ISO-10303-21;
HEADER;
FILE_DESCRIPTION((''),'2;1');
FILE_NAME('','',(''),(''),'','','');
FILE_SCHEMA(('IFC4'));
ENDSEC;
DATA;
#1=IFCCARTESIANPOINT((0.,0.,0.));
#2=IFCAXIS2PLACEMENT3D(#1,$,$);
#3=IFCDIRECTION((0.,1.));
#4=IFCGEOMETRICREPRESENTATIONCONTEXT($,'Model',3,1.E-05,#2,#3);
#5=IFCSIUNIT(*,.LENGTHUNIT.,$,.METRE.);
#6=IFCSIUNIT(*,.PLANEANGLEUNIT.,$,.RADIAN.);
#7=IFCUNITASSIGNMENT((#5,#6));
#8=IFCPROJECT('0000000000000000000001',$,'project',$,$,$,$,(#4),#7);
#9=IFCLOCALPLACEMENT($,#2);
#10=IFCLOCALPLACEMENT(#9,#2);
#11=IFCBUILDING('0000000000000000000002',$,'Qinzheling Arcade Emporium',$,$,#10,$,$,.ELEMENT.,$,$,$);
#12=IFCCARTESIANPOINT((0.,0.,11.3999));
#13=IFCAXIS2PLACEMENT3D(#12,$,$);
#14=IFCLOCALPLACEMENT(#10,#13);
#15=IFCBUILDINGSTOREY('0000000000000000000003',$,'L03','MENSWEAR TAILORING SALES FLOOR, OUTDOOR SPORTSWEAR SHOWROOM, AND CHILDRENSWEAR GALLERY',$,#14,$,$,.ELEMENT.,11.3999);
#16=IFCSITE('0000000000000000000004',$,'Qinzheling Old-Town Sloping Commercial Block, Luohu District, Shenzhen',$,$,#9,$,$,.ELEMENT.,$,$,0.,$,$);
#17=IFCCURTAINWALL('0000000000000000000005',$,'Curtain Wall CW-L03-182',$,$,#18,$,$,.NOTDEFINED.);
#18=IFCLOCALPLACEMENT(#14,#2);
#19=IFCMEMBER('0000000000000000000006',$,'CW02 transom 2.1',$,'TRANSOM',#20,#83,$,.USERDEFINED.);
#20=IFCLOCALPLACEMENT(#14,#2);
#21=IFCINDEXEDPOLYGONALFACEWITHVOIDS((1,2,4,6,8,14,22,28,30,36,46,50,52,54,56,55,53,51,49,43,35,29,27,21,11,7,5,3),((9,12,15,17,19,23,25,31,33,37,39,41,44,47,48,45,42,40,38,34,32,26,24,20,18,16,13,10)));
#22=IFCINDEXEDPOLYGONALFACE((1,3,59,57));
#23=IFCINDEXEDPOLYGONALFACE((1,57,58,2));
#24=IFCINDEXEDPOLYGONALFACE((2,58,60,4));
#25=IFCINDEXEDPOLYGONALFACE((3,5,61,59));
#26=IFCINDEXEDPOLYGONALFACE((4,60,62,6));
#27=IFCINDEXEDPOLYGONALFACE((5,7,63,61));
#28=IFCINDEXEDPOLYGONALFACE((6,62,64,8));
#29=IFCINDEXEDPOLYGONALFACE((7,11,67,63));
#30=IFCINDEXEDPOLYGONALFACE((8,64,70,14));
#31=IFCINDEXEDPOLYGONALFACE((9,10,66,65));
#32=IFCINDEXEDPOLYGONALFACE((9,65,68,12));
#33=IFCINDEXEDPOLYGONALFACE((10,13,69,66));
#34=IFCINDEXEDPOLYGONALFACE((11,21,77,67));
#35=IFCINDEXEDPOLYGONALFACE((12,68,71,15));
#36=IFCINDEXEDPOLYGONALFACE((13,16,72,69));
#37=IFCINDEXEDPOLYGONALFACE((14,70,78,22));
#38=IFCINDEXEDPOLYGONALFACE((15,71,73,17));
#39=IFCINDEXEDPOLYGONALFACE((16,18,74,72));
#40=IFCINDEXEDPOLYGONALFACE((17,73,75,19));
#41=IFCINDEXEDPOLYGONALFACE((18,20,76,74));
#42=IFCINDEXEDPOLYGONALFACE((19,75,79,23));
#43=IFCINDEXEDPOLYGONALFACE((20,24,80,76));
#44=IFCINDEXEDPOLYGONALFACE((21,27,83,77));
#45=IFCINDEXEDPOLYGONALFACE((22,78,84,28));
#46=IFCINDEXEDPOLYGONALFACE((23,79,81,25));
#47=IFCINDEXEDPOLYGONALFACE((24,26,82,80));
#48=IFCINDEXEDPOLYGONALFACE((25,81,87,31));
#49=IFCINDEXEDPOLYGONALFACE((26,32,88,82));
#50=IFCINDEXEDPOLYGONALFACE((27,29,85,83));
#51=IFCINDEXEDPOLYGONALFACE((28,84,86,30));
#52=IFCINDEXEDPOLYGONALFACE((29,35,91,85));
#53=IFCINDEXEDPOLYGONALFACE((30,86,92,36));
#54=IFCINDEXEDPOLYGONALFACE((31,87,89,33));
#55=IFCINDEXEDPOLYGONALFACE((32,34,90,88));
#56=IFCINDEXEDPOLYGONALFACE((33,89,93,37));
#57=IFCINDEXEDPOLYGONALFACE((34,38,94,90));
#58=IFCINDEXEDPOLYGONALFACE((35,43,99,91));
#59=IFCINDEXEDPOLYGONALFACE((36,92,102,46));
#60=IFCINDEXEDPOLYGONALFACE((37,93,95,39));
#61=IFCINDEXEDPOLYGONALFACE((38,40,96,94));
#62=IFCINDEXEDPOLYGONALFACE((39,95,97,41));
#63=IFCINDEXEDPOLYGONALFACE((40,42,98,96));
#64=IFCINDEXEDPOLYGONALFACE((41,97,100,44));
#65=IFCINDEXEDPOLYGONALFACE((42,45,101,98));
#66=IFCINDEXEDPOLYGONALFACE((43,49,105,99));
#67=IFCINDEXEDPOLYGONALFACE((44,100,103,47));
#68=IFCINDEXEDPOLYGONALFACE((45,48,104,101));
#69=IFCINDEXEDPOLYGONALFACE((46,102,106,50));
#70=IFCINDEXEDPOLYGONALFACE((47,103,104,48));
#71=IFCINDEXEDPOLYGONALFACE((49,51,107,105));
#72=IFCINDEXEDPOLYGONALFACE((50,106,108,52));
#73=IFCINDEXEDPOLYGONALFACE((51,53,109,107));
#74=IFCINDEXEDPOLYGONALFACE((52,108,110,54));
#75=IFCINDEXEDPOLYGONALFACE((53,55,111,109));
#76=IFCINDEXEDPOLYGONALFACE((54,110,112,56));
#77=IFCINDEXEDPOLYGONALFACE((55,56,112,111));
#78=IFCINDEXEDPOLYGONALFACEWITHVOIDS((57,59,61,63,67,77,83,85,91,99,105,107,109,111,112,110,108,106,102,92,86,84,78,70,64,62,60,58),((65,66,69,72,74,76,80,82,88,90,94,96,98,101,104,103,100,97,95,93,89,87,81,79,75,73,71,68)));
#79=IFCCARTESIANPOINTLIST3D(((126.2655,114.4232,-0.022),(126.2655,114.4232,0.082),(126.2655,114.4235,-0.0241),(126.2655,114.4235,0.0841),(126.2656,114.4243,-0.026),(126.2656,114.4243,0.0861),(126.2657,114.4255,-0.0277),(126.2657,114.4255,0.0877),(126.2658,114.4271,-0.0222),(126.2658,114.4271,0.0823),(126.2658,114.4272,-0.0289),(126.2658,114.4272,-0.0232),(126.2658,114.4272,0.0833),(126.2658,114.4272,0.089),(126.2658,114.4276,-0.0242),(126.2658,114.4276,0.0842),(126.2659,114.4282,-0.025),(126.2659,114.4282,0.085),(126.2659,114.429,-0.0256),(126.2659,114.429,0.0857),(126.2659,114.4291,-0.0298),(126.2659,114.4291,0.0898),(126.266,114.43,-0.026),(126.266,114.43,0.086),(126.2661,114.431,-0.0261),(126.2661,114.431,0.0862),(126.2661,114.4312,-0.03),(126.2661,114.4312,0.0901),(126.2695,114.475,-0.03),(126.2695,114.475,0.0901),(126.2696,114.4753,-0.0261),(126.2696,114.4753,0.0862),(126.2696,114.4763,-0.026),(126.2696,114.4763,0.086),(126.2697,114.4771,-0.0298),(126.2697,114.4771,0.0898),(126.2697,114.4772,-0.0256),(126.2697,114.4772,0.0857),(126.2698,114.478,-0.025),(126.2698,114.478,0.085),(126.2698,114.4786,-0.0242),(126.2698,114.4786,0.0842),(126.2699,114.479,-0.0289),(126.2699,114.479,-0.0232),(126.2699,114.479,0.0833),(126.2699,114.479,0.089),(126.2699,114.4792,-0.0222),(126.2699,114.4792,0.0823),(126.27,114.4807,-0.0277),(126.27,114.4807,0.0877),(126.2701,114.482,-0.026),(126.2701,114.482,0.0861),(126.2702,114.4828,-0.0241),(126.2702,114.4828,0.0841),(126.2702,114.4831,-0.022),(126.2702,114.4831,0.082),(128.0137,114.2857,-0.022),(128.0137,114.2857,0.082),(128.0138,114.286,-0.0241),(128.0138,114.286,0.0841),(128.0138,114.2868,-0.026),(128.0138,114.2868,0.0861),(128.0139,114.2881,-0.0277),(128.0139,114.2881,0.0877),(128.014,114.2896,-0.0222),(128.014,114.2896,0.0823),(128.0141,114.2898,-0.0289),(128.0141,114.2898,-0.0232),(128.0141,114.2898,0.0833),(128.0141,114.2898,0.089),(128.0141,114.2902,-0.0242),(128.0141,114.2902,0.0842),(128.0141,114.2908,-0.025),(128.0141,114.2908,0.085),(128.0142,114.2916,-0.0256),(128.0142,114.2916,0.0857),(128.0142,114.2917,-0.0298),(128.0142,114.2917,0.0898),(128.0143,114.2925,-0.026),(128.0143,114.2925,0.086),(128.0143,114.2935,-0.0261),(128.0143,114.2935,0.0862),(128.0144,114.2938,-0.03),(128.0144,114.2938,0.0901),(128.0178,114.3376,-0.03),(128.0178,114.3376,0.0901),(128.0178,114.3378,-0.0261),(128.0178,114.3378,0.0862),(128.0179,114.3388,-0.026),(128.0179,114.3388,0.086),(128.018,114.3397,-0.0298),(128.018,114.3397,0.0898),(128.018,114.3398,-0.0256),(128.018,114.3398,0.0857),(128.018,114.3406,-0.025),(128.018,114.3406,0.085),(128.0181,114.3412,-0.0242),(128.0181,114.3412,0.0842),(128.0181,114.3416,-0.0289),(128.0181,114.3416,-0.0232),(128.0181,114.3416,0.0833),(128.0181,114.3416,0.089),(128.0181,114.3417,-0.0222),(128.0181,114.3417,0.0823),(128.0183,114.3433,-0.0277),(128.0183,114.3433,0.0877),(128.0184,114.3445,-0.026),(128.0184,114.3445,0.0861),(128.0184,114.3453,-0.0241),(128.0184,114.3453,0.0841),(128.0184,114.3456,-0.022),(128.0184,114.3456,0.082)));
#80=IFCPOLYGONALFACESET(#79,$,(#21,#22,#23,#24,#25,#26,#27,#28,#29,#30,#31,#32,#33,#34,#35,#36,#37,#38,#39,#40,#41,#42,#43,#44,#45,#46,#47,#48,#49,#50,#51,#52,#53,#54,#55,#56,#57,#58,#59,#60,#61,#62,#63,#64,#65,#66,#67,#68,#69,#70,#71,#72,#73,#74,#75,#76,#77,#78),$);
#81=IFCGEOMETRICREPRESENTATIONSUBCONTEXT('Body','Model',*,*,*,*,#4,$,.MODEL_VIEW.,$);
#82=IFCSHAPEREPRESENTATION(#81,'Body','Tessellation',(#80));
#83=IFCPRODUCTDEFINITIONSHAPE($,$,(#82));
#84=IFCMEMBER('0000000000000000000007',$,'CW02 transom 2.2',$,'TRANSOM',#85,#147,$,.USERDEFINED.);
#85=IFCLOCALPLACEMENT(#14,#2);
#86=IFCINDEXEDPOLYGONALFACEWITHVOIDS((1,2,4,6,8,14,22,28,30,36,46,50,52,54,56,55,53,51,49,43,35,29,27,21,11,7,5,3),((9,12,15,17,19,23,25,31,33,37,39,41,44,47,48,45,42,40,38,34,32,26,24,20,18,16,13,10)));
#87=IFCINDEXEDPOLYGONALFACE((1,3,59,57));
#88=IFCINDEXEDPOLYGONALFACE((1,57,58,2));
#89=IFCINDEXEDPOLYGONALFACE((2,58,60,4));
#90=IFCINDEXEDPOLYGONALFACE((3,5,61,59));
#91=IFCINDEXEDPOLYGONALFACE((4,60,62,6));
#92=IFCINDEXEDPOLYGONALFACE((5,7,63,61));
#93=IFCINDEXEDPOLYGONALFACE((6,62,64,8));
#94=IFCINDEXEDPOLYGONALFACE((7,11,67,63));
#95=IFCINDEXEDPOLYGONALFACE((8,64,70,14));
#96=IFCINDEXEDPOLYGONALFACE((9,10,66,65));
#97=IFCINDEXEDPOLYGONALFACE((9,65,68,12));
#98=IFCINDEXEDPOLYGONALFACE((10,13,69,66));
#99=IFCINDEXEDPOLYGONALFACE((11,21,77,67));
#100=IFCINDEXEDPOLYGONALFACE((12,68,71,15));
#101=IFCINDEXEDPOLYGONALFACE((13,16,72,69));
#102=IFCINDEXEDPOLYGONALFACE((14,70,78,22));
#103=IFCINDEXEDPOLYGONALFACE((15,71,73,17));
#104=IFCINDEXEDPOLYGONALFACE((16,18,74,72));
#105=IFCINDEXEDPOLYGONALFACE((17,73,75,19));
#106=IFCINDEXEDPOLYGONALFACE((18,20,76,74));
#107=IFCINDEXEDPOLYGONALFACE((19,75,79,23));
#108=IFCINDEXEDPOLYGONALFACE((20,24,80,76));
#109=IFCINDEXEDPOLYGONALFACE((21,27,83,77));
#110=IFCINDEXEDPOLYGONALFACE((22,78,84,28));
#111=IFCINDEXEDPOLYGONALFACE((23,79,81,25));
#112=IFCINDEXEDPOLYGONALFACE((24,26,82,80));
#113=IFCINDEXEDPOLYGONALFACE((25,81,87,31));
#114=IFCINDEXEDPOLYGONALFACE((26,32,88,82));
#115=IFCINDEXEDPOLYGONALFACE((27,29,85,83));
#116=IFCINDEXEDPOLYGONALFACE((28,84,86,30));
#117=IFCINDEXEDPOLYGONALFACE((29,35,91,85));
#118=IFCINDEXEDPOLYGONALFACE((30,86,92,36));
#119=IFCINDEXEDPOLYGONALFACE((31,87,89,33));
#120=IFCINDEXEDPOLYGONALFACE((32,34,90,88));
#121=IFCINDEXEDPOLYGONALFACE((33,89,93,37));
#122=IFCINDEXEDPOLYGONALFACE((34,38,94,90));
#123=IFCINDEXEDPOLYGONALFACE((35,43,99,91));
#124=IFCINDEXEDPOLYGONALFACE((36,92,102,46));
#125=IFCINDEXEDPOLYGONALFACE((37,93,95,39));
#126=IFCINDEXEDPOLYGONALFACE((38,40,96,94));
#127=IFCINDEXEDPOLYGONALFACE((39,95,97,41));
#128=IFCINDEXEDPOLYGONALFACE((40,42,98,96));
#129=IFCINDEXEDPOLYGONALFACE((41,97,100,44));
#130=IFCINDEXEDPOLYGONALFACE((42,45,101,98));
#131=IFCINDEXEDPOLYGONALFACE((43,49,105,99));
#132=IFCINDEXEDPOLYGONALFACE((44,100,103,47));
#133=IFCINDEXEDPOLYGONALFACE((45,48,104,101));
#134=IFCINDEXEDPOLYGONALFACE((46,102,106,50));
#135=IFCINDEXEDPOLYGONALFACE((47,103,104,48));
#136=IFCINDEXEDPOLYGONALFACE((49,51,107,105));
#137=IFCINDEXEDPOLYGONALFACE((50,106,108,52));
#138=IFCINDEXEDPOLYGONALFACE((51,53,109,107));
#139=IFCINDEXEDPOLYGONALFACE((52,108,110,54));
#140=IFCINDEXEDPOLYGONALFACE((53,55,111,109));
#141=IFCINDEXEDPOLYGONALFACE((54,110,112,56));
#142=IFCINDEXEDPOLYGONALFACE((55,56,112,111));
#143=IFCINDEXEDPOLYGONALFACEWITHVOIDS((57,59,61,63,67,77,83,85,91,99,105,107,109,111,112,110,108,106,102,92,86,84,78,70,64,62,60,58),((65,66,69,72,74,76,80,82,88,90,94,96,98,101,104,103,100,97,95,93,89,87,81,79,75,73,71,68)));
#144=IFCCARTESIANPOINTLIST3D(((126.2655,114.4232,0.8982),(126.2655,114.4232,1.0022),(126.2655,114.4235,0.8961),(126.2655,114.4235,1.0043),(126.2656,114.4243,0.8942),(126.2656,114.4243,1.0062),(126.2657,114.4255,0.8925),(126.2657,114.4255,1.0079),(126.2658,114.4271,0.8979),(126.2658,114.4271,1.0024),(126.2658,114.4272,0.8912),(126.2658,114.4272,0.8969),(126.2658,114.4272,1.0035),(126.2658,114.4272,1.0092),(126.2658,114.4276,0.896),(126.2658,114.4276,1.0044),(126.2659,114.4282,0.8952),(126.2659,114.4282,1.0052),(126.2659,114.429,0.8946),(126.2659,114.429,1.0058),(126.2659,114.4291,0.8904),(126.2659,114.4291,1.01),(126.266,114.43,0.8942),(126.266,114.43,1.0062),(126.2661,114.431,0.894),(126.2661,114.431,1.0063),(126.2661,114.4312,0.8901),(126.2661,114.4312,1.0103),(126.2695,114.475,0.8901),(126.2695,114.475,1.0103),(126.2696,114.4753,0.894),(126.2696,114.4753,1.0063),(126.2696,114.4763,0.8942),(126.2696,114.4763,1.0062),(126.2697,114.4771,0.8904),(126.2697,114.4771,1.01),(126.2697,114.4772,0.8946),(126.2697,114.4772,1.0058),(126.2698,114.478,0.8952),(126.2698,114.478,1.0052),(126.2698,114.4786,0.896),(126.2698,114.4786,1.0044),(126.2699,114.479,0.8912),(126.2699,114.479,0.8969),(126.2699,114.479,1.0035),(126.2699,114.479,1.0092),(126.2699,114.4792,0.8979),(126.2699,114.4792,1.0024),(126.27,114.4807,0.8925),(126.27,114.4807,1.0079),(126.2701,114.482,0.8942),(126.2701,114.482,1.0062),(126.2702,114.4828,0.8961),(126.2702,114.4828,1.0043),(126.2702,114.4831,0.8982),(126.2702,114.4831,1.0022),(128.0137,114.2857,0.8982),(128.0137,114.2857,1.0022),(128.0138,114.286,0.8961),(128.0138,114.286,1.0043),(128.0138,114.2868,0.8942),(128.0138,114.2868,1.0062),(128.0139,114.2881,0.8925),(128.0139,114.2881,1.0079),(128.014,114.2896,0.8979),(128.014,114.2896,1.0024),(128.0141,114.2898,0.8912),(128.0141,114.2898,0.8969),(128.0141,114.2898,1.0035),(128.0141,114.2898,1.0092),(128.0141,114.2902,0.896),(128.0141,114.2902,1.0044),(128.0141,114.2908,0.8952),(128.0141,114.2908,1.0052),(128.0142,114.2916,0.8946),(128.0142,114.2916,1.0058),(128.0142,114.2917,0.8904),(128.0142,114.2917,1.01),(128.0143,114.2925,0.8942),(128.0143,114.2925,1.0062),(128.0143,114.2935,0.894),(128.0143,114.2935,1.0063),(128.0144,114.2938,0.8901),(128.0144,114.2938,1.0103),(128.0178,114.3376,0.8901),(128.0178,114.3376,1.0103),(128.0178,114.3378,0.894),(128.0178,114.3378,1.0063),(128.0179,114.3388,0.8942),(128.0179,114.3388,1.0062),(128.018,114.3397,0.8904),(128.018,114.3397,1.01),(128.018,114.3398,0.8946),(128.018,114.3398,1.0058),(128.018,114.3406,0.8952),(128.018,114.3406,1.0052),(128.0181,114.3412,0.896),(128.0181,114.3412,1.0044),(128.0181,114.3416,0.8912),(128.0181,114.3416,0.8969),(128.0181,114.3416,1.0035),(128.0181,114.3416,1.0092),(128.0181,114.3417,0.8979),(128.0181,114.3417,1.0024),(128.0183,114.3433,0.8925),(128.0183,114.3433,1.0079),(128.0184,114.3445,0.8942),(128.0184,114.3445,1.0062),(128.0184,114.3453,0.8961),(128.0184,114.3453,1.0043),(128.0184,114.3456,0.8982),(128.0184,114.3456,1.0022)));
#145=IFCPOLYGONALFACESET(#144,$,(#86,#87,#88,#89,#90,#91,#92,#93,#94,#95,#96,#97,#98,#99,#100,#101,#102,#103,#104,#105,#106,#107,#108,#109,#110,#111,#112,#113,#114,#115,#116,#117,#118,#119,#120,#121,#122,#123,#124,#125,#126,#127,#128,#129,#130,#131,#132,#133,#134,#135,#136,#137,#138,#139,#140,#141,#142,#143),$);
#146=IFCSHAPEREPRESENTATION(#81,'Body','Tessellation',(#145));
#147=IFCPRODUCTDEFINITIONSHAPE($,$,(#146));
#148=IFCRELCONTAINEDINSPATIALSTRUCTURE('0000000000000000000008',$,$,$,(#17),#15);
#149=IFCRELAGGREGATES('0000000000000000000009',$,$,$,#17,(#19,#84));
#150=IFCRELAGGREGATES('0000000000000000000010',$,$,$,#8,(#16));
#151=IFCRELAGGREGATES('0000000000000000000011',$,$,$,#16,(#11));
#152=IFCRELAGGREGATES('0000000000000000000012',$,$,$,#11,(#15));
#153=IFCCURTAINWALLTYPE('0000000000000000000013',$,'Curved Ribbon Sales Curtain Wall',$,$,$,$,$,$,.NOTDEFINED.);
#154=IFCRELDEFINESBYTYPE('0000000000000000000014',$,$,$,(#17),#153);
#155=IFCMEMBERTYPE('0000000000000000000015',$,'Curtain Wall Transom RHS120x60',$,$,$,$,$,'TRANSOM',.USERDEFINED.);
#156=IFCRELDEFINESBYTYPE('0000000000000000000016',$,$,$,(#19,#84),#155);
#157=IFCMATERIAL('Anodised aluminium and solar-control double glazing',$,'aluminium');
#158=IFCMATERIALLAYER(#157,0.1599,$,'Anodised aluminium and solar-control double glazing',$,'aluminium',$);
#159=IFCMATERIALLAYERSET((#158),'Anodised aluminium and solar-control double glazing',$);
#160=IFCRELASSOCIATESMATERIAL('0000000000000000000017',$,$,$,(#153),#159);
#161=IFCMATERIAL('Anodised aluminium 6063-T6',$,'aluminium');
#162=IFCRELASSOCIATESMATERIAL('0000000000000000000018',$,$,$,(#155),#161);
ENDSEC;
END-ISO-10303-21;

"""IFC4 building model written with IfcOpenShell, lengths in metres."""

from ifc_helpers import new_model, si_unit, direction, frame, origin, origin_2d, place, context, subcontext, project, spatial, hollow_rectangle, extrude, material, layer, layer_set, material_profile, profile_set, type_object, element, aggregate, save


model = new_model("IFC4")

# Units and contexts
model_context = context("Model", 3, precision=1e-05, world=origin(), true_north=direction((0.0, 1.0)))
body_context = subcontext(model_context, "Body", "Model", "MODEL_VIEW")
ifc_project = project(units=[si_unit("LENGTHUNIT", "METRE"), si_unit("PLANEANGLEUNIT", "RADIAN")], contexts=[model_context])

# Site, building, storey
site_placement = place(None, origin())
site = spatial("IfcSite", under=ifc_project, at=site_placement, Name="Qinzheling Old-Town Sloping Commercial Block, Luohu District, Shenzhen", CompositionType="ELEMENT", RefElevation=0.0)
building_placement = place(site_placement, origin())
building = spatial("IfcBuilding", under=site, at=building_placement, Name="Qinzheling Arcade Emporium", CompositionType="ELEMENT")
storey_placement = place(building_placement, frame((0.0, 0.0, 11.3999)))
storey = spatial("IfcBuildingStorey", under=building, at=storey_placement, Name="L03", Description="MENSWEAR TAILORING SALES FLOOR, OUTDOOR SPORTSWEAR SHOWROOM, AND CHILDRENSWEAR GALLERY", CompositionType="ELEMENT", Elevation=11.3999)

# Curtain wall
ifc_material_1 = material(Name="Anodised aluminium and solar-control double glazing", Category="aluminium")
ifc_layer_1 = layer(ifc_material_1, 0.1599, Name="Anodised aluminium and solar-control double glazing", Category="aluminium")
ifc_layer_set_1 = layer_set([ifc_layer_1], Name="Anodised aluminium and solar-control double glazing")
curtain_wall_type = type_object("IfcCurtainWallType", Name="Curved Ribbon Sales Curtain Wall", PredefinedType="NOTDEFINED", material=ifc_layer_set_1)
curtain_wall_1_placement = place(storey_placement, origin())
curtain_wall_1 = element("IfcCurtainWall", 1, at=curtain_wall_1_placement, inside=storey, type_object=curtain_wall_type, Name="Curtain Wall CW-L03-182", PredefinedType="NOTDEFINED")
ifc_material_2 = material(Name="Anodised aluminium 6063-T6", Category="aluminium")

# Members
ifc_material_profile_1 = material_profile(ifc_material_2, hollow_rectangle(XDim=0.0601, YDim=0.1201, WallThickness=0.0039, InnerFilletRadius=0.0039, OuterFilletRadius=0.0081, at=origin_2d()), Name="RHS 120x60x4", Category="aluminium")
ifc_profile_set_1 = profile_set([ifc_material_profile_1], Name="Anodised aluminium 6063-T6")
member_type_1 = type_object("IfcMemberType", Name="Curtain Wall Transom RHS120x60", ElementType="TRANSOM", PredefinedType="USERDEFINED", material=ifc_profile_set_1)
member_1_placement = place(storey_placement, frame((126.2678, 114.4531, 0.03), z_axis=(0.996924, -0.078378, 0.0), x_axis=(0.078378, 0.996924, 0.0)))
member_1 = element("IfcMember", 2, at=member_1_placement, type_object=member_type_1, Name="CW02 transom 2.1", ObjectType="TRANSOM", PredefinedType="USERDEFINED", context=body_context, shape_type="SweptSolid", body=[
    extrude(hollow_rectangle(XDim=0.0601, YDim=0.1201, WallThickness=0.0039, InnerFilletRadius=0.0039, OuterFilletRadius=0.0081, at=origin_2d()), origin(), (0.0, 0.0, 1.0), 1.7537),
])
member_2_placement = place(storey_placement, frame((126.2678, 114.4531, 0.9502), z_axis=(0.996924, -0.078378, 0.0), x_axis=(0.078378, 0.996924, 0.0)))
member_2 = element("IfcMember", 3, at=member_2_placement, type_object=member_type_1, Name="CW02 transom 2.2", ObjectType="TRANSOM", PredefinedType="USERDEFINED", context=body_context, shape_type="SweptSolid", body=[
    extrude(hollow_rectangle(XDim=0.0601, YDim=0.1201, WallThickness=0.0039, InnerFilletRadius=0.0039, OuterFilletRadius=0.0081, at=origin_2d()), origin(), (0.0, 0.0, 1.0), 1.7537),
])

aggregate(curtain_wall_1, [member_1, member_2])

save(model, "model.ifc")
